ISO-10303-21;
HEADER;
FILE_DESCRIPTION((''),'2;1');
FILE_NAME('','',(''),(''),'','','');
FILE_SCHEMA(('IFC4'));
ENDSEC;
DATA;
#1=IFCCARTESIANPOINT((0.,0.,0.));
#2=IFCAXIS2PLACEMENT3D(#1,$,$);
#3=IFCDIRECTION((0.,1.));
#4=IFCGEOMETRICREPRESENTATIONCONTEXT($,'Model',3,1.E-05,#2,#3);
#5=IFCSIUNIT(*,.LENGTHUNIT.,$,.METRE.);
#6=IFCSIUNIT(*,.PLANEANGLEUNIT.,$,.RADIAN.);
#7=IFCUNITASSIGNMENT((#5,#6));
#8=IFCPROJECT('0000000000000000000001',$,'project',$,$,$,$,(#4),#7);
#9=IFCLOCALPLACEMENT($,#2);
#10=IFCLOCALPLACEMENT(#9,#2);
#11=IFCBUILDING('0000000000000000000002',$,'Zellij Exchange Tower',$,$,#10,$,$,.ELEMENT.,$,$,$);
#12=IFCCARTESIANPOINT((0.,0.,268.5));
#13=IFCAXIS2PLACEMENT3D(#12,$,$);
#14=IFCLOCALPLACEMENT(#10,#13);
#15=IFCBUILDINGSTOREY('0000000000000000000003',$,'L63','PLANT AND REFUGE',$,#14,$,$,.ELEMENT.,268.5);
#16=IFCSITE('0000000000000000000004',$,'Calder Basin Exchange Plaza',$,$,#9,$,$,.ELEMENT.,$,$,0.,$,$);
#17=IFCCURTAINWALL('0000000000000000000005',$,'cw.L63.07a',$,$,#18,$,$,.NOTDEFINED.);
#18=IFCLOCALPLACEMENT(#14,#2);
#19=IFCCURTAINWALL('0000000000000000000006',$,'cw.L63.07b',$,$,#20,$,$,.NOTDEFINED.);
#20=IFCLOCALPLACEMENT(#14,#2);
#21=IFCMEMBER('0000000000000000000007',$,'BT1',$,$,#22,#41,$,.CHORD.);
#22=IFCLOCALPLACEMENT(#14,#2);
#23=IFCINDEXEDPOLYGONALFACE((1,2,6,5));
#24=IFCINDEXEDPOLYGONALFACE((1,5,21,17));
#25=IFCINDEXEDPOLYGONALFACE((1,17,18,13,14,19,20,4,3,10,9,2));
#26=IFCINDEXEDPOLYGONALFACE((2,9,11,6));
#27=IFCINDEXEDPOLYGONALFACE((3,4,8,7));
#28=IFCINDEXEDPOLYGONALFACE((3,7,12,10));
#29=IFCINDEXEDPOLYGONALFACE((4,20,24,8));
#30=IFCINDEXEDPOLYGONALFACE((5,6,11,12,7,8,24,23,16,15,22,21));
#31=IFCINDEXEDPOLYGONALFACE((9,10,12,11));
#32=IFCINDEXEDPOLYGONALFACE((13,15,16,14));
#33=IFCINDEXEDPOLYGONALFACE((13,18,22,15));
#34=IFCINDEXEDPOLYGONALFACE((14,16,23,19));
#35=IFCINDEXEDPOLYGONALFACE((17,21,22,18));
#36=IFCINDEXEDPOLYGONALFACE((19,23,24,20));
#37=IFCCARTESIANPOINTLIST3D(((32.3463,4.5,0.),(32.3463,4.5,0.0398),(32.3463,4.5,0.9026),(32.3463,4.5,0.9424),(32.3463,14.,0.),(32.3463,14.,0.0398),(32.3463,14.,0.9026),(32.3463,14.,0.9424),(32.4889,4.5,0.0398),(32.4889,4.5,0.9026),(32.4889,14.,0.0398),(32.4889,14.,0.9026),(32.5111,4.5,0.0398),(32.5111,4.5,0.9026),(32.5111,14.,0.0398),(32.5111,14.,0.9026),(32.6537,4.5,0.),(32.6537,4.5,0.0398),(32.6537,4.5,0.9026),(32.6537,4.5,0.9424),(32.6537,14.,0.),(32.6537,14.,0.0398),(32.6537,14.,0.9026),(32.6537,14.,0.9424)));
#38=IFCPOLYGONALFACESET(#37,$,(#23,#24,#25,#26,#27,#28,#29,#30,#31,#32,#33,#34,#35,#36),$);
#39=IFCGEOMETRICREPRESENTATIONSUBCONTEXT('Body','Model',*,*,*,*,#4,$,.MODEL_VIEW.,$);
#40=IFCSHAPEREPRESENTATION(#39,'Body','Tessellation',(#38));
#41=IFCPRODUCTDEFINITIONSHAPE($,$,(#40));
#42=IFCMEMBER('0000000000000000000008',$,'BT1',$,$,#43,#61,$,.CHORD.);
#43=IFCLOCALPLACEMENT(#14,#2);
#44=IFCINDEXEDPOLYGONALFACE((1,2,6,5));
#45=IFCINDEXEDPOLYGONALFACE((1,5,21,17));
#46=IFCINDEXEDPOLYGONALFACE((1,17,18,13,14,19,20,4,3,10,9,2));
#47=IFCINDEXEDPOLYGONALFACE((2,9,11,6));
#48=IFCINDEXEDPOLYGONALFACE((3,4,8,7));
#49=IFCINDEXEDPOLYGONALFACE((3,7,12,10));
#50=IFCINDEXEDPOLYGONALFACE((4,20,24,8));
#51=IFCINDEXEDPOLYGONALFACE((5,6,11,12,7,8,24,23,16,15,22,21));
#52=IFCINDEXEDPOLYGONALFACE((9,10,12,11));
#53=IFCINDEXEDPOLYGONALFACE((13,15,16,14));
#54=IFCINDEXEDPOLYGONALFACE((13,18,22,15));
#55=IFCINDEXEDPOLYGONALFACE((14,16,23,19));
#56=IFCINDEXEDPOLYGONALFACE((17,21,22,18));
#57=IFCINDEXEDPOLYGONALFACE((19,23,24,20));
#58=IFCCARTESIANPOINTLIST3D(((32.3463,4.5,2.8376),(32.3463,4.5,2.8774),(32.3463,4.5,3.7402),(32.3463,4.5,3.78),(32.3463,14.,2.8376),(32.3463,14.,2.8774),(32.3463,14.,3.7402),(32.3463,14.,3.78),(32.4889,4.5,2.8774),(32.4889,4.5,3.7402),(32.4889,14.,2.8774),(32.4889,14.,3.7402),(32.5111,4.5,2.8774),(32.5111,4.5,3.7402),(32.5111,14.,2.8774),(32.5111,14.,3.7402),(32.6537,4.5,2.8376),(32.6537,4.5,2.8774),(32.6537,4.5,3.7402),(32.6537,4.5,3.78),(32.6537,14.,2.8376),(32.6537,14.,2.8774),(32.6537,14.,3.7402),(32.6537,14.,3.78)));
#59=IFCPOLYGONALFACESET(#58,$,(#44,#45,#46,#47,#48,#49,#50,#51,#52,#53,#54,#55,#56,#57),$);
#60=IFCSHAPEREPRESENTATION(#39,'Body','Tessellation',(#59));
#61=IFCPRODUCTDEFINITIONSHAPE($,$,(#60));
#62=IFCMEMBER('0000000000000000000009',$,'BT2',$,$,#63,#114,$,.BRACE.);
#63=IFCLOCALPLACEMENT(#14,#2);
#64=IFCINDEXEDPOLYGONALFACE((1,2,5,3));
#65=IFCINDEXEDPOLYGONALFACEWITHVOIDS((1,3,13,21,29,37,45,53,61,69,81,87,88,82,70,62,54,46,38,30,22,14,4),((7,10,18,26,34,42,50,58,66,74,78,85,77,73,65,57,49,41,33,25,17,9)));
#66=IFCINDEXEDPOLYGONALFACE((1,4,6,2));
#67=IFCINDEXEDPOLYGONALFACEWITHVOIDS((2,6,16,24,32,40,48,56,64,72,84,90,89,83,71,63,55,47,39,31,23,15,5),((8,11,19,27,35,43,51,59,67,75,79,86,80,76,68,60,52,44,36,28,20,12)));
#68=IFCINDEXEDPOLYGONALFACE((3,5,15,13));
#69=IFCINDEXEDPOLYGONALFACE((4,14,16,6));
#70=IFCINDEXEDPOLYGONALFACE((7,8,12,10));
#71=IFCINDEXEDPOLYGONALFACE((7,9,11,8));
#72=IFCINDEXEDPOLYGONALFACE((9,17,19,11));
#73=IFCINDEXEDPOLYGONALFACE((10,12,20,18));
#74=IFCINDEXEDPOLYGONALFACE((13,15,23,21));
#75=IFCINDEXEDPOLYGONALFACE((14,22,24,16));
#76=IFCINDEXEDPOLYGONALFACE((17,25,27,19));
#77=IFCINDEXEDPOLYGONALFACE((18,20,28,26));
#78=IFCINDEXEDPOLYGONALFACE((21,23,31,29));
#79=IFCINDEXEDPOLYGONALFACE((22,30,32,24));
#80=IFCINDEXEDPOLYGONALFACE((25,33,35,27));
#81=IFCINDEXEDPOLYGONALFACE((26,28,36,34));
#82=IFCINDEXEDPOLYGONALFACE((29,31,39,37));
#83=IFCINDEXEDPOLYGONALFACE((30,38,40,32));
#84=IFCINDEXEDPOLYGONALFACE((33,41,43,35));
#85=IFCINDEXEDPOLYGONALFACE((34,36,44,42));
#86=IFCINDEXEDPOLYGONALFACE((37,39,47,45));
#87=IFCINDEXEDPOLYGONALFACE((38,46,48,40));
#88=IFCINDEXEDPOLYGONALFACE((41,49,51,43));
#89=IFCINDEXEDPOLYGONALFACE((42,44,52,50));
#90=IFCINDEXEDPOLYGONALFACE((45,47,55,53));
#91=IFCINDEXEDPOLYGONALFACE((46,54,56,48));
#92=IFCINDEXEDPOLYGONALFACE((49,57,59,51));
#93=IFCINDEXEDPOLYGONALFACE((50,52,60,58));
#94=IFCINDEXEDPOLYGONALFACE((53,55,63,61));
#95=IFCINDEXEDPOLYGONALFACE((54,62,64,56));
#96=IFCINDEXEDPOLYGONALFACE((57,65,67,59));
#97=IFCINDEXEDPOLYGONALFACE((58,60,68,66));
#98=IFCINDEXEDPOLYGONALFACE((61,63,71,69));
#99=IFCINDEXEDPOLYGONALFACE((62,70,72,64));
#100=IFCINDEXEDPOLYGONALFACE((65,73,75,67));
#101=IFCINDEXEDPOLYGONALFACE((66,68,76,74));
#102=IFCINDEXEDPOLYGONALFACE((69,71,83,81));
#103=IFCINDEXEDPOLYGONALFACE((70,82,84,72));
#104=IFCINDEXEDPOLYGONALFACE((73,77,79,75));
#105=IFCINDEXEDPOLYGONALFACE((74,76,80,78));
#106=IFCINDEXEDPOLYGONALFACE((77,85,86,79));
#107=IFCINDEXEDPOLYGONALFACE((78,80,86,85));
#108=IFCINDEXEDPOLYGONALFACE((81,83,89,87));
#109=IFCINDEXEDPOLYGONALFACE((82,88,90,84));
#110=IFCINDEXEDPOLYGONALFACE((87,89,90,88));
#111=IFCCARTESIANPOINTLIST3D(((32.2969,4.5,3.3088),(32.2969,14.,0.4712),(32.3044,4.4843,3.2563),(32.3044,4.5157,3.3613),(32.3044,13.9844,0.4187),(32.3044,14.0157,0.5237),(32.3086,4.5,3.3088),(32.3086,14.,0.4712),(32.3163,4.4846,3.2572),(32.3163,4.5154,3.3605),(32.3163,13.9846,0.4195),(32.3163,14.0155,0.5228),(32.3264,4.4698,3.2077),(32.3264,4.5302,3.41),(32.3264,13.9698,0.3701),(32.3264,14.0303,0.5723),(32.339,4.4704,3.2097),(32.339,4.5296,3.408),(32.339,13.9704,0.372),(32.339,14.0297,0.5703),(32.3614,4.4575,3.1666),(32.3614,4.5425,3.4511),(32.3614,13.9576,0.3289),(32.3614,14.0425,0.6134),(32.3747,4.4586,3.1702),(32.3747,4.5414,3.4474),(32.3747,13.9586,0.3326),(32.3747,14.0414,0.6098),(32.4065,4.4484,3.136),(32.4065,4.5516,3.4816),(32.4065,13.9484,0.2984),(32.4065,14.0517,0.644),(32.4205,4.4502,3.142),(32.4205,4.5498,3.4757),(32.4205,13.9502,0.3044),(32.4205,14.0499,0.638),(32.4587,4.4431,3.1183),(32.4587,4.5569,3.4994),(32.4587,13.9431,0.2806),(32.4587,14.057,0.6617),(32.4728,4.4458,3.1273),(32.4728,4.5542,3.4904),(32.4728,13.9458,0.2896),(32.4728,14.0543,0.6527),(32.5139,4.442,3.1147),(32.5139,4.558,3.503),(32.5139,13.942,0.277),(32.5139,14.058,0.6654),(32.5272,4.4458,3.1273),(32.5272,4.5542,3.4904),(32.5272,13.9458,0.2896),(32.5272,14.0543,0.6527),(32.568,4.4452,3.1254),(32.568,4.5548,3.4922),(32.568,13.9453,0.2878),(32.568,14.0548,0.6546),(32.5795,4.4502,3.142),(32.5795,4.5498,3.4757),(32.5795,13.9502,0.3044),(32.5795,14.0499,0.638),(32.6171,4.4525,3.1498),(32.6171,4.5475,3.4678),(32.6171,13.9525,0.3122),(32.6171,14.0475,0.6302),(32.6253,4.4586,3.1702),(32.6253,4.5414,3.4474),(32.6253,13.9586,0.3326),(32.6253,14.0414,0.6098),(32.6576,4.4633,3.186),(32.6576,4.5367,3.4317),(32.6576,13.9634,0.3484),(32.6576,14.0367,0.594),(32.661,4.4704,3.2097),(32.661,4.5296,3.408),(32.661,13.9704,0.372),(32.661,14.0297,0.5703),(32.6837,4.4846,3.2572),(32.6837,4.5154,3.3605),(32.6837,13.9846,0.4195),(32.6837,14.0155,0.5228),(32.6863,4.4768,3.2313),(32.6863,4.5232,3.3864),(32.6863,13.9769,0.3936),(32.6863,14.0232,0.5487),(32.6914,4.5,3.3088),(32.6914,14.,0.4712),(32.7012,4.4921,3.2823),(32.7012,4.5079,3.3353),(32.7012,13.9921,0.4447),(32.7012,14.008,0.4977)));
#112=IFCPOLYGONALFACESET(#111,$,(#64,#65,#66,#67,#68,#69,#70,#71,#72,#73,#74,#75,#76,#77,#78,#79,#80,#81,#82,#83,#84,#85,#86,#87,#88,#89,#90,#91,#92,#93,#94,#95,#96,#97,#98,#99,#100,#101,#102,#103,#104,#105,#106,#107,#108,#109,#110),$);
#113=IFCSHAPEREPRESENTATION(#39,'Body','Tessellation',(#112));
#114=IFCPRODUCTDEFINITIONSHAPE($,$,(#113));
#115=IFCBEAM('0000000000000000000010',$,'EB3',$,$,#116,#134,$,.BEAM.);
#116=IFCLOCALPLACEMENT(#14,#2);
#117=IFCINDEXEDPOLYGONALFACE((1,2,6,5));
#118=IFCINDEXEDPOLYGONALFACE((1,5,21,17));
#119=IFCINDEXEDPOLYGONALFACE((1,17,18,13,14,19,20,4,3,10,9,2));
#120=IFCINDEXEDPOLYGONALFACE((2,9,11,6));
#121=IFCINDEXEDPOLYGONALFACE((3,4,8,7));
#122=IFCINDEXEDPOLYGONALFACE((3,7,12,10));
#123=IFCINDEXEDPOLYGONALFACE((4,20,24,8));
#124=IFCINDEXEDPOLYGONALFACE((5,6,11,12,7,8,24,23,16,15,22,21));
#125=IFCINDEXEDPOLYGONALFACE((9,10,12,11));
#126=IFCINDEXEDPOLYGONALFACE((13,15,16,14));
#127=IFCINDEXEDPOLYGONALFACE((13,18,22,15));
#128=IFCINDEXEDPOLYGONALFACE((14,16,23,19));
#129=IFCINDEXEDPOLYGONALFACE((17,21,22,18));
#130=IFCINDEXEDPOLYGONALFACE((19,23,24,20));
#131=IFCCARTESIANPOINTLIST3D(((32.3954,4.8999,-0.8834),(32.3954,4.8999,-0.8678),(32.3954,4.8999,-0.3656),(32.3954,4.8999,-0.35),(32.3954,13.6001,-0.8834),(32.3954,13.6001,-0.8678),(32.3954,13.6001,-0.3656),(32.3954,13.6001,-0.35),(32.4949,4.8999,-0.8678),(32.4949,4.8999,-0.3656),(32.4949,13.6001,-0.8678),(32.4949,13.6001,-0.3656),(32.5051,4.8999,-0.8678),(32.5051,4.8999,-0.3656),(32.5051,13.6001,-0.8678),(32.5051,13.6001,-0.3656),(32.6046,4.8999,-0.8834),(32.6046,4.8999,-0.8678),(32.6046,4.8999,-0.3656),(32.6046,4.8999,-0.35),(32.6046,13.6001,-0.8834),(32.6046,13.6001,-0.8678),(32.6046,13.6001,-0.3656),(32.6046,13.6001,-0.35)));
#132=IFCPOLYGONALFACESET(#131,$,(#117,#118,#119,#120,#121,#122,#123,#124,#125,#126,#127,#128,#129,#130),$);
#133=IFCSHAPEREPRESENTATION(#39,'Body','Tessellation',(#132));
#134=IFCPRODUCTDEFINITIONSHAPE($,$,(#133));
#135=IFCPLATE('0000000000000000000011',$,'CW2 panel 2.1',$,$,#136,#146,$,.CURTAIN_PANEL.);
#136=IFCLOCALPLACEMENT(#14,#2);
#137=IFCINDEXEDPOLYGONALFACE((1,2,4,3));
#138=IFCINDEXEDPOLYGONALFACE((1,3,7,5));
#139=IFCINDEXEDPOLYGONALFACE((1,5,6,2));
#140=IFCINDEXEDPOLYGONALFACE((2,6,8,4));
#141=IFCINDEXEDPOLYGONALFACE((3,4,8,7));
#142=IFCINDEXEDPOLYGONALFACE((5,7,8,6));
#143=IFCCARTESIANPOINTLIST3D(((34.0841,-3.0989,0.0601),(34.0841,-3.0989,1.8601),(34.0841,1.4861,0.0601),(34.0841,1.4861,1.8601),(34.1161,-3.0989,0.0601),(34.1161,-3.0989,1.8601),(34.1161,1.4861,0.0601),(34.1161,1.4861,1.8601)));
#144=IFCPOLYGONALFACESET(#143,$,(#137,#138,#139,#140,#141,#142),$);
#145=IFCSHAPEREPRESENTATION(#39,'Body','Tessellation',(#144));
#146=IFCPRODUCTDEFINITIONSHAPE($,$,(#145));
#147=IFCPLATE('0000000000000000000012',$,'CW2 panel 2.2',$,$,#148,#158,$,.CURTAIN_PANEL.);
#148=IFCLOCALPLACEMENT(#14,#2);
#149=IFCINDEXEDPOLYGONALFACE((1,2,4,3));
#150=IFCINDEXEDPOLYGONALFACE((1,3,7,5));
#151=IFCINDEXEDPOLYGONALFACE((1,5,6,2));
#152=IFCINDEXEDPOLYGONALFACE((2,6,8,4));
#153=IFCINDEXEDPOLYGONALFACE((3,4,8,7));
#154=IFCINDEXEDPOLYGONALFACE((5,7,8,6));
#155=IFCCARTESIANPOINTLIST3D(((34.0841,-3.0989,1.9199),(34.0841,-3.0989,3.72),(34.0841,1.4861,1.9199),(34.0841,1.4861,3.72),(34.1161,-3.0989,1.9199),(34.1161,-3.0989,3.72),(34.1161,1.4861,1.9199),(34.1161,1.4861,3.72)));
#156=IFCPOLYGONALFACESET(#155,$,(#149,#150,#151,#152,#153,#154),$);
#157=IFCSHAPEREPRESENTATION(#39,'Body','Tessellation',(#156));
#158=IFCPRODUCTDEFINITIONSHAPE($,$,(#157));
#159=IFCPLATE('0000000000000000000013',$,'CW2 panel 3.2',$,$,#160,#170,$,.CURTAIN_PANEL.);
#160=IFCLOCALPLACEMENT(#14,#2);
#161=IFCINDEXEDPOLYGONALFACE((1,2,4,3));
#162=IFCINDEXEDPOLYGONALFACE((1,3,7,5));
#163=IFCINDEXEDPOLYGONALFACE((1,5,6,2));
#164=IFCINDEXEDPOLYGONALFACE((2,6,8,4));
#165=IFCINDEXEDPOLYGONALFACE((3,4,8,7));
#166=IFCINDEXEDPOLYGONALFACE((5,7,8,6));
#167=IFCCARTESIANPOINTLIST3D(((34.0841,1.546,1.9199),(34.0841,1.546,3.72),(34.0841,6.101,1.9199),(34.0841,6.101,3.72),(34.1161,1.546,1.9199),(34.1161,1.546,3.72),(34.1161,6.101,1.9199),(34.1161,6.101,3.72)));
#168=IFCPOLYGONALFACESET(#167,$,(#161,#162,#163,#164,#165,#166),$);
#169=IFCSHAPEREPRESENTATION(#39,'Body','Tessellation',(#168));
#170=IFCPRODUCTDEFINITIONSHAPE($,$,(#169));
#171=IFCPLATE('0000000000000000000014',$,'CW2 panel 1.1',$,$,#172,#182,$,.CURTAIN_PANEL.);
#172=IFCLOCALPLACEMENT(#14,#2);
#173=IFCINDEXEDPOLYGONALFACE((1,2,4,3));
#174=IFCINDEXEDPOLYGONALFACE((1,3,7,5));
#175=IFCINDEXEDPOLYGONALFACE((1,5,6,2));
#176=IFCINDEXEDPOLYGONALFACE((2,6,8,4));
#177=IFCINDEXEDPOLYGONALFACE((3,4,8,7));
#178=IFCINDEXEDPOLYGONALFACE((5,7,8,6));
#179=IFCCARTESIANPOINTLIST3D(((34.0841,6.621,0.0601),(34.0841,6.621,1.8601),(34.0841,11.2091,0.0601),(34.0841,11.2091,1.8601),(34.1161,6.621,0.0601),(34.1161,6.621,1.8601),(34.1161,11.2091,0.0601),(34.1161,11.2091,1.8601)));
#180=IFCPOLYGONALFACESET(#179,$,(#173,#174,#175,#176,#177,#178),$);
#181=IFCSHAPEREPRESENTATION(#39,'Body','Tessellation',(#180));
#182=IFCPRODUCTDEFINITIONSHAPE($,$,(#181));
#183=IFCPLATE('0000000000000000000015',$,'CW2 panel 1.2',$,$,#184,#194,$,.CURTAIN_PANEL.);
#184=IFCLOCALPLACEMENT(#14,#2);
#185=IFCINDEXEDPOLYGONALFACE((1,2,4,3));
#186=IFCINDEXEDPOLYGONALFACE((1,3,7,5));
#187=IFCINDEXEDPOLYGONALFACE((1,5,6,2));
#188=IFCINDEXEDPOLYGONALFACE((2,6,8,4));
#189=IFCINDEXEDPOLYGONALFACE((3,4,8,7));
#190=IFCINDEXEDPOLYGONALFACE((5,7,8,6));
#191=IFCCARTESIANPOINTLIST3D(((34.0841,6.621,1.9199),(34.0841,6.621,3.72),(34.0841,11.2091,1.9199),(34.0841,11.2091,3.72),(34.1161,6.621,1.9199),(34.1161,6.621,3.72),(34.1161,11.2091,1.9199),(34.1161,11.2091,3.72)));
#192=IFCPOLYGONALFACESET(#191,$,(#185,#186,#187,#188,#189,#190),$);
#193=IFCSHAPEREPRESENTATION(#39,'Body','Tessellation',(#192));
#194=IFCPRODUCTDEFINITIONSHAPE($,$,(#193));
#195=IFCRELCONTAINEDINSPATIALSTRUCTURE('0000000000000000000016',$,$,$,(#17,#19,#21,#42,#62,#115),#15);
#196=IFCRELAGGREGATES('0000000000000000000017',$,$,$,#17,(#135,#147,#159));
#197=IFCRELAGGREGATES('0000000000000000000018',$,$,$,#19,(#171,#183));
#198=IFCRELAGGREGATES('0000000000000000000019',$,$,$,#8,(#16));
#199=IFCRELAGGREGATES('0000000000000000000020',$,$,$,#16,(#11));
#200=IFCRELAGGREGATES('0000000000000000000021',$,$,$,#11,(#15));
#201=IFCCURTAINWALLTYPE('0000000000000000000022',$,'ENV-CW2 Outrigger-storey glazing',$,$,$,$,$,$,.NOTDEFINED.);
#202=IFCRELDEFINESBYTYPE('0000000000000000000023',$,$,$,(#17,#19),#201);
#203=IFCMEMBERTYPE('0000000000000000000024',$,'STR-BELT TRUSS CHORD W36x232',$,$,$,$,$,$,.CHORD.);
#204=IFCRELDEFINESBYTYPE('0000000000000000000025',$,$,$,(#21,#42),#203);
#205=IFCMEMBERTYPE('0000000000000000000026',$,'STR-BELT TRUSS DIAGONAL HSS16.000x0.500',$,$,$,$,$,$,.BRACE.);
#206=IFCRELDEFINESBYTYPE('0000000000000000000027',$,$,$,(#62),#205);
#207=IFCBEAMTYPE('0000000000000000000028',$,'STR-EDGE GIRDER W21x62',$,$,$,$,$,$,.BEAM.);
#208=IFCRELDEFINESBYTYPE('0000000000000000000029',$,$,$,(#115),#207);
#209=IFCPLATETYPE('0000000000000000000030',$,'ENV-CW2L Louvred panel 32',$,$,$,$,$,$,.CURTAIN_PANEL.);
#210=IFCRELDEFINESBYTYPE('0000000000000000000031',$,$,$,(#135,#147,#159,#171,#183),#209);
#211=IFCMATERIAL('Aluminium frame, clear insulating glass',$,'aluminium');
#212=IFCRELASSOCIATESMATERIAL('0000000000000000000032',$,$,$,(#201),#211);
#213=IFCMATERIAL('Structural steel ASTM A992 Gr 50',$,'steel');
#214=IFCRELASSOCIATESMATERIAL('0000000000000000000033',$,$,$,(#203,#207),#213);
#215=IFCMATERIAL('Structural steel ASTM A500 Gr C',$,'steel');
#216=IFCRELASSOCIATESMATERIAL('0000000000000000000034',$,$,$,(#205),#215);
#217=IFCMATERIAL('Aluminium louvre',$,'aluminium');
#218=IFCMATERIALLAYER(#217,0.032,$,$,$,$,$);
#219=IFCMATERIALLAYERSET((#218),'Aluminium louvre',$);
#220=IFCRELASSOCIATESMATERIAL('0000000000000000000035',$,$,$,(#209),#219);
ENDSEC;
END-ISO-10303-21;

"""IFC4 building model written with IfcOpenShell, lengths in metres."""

from ifc_helpers import new_model, si_unit, direction, frame, origin, origin_2d, place, context, subcontext, project, spatial, rectangle, hollow_circle, i_section, extrude, material, layer, layer_set, material_profile, profile_set, type_object, element, aggregate, save


model = new_model("IFC4")

# Units and contexts
model_context = context("Model", 3, precision=1e-05, world=origin(), true_north=direction((0.0, 1.0)))
body_context = subcontext(model_context, "Body", "Model", "MODEL_VIEW")
ifc_project = project(units=[si_unit("LENGTHUNIT", "METRE"), si_unit("PLANEANGLEUNIT", "RADIAN")], contexts=[model_context])

# Site, building, storey
site_placement = place(None, origin())
site = spatial("IfcSite", under=ifc_project, at=site_placement, Name="Calder Basin Exchange Plaza", CompositionType="ELEMENT", RefElevation=0.0)
building_placement = place(site_placement, origin())
building = spatial("IfcBuilding", under=site, at=building_placement, Name="Zellij Exchange Tower", CompositionType="ELEMENT")
storey_placement = place(building_placement, frame((0.0, 0.0, 268.5)))
storey = spatial("IfcBuildingStorey", under=building, at=storey_placement, Name="L63", Description="PLANT AND REFUGE", CompositionType="ELEMENT", Elevation=268.5)

# Curtain walls
ifc_material_1 = material(Name="Aluminium frame, clear insulating glass", Category="aluminium")
curtain_wall_type = type_object("IfcCurtainWallType", Name="ENV-CW2 Outrigger-storey glazing", PredefinedType="NOTDEFINED", material=ifc_material_1)
curtain_wall_1_placement = place(storey_placement, origin())
curtain_wall_1 = element("IfcCurtainWall", 1, at=curtain_wall_1_placement, inside=storey, type_object=curtain_wall_type, Name="cw.L63.07a", PredefinedType="NOTDEFINED")
curtain_wall_2_placement = place(storey_placement, origin())
curtain_wall_2 = element("IfcCurtainWall", 2, at=curtain_wall_2_placement, inside=storey, type_object=curtain_wall_type, Name="cw.L63.07b", PredefinedType="NOTDEFINED")

# Members
ifc_material_2 = material(Name="Structural steel ASTM A992 Gr 50", Category="steel")
ifc_material_profile_1 = material_profile(ifc_material_2, i_section(OverallWidth=0.3074, OverallDepth=0.9424, WebThickness=0.0222, FlangeThickness=0.0398, at=origin_2d()), Name="W36x232")
ifc_profile_set_1 = profile_set([ifc_material_profile_1], Name="Structural steel ASTM A992 Gr 50")
member_type_1 = type_object("IfcMemberType", Name="STR-BELT TRUSS CHORD W36x232", PredefinedType="CHORD", material=ifc_profile_set_1)
for number, where, z_axis, x_axis, name in (
    (3, (32.5, 4.5, 0.4712), (0.0, 1.0, 0.0), (-1.0, 0.0, 0.0), "BT1"),
    (4, (32.5, 4.5, 3.3088), (0.0, 1.0, 0.0), (-1.0, 0.0, 0.0), "BT1"),
):
    element("IfcMember", number, at=place(storey_placement, frame(where, z_axis=z_axis, x_axis=x_axis)), inside=storey, type_object=member_type_1, Name=name, PredefinedType="CHORD", context=body_context, shape_type="SweptSolid", body=[
        extrude(i_section(OverallWidth=0.3074, OverallDepth=0.9424, WebThickness=0.0222, FlangeThickness=0.0398, at=origin_2d()), origin(), (0.0, 0.0, 1.0), 9.5),
    ])
ifc_material_3 = material(Name="Structural steel ASTM A500 Gr C", Category="steel")
ifc_material_profile_2 = material_profile(ifc_material_3, hollow_circle(Radius=0.2031, WallThickness=0.0117, at=origin_2d()), Name="STR-BELT TRUSS DIAGONAL HSS16.000x0.500")
ifc_profile_set_2 = profile_set([ifc_material_profile_2], Name="Structural steel ASTM A500 Gr C")
member_type_2 = type_object("IfcMemberType", Name="STR-BELT TRUSS DIAGONAL HSS16.000x0.500", PredefinedType="BRACE", material=ifc_profile_set_2)
member_1_placement = place(storey_placement, frame((32.5, 4.5, 3.3088), z_axis=(0.0, 0.958169, -0.286205), x_axis=(-1.0, 0.0, 0.0)))
element("IfcMember", 5, at=member_1_placement, inside=storey, type_object=member_type_2, Name="BT2", PredefinedType="BRACE", context=body_context, shape_type="SweptSolid", body=[
    extrude(hollow_circle(Radius=0.2031, WallThickness=0.0117, at=origin_2d()), origin(), (0.0, 0.0, 1.0), 9.9148),
])

# Beam
ifc_material_profile_3 = material_profile(ifc_material_2, i_section(OverallWidth=0.2092, OverallDepth=0.5334, WebThickness=0.0103, FlangeThickness=0.0156, at=origin_2d()), Name="W21x62")
ifc_profile_set_3 = profile_set([ifc_material_profile_3], Name="Structural steel ASTM A992 Gr 50")
beam_type = type_object("IfcBeamType", Name="STR-EDGE GIRDER W21x62", PredefinedType="BEAM", material=ifc_profile_set_3)
beam_placement = place(storey_placement, frame((32.5, 4.8999, -0.6167), z_axis=(0.0, 1.0, 0.0), x_axis=(-1.0, 0.0, 0.0)))
element("IfcBeam", 6, at=beam_placement, inside=storey, type_object=beam_type, Name="EB3", PredefinedType="BEAM", context=body_context, shape_type="SweptSolid", body=[
    extrude(i_section(OverallWidth=0.2092, OverallDepth=0.5334, WebThickness=0.0103, FlangeThickness=0.0156, at=origin_2d()), origin(), (0.0, 0.0, 1.0), 8.7002),
])

# Plates
ifc_material_4 = material(Name="Aluminium louvre", Category="aluminium")
ifc_layer_1 = layer(ifc_material_4, 0.032)
ifc_layer_set_1 = layer_set([ifc_layer_1], Name="Aluminium louvre")
plate_type_1 = type_object("IfcPlateType", Name="ENV-CW2L Louvred panel 32", PredefinedType="CURTAIN_PANEL", material=ifc_layer_set_1)
plate_1_placement = place(storey_placement, frame((34.1001, -0.8064, 0.0601), z_axis=(0.0, 0.0, 1.0), x_axis=(0.0, 1.0, 0.0)))
plate_1 = element("IfcPlate", 7, at=plate_1_placement, type_object=plate_type_1, Name="CW2 panel 2.1", PredefinedType="CURTAIN_PANEL", context=body_context, shape_type="SweptSolid", body=[
    extrude(rectangle(XDim=4.585, YDim=0.032, at=origin_2d()), origin(), (0.0, 0.0, 1.0), 1.8),
])
plate_2_placement = place(storey_placement, frame((34.1001, -0.8064, 1.9199), z_axis=(0.0, 0.0, 1.0), x_axis=(0.0, 1.0, 0.0)))
plate_2 = element("IfcPlate", 8, at=plate_2_placement, type_object=plate_type_1, Name="CW2 panel 2.2", PredefinedType="CURTAIN_PANEL", context=body_context, shape_type="SweptSolid", body=[
    extrude(rectangle(XDim=4.585, YDim=0.032, at=origin_2d()), origin(), (0.0, 0.0, 1.0), 1.8),
])
plate_3_placement = place(storey_placement, frame((34.1001, 3.8235, 1.9199), z_axis=(0.0, 0.0, 1.0), x_axis=(0.0, 1.0, 0.0)))
plate_3 = element("IfcPlate", 9, at=plate_3_placement, type_object=plate_type_1, Name="CW2 panel 3.2", PredefinedType="CURTAIN_PANEL", context=body_context, shape_type="SweptSolid", body=[
    extrude(rectangle(XDim=4.5549, YDim=0.032, at=origin_2d()), origin(), (0.0, 0.0, 1.0), 1.8),
])
plate_4_placement = place(storey_placement, frame((34.1001, 8.915, 0.0601), z_axis=(0.0, 0.0, 1.0), x_axis=(0.0, 1.0, 0.0)))
plate_4 = element("IfcPlate", 10, at=plate_4_placement, type_object=plate_type_1, Name="CW2 panel 1.1", PredefinedType="CURTAIN_PANEL", context=body_context, shape_type="SweptSolid", body=[
    extrude(rectangle(XDim=4.5881, YDim=0.032, at=origin_2d()), origin(), (0.0, 0.0, 1.0), 1.8),
])
plate_5_placement = place(storey_placement, frame((34.1001, 8.915, 1.9199), z_axis=(0.0, 0.0, 1.0), x_axis=(0.0, 1.0, 0.0)))
plate_5 = element("IfcPlate", 11, at=plate_5_placement, type_object=plate_type_1, Name="CW2 panel 1.2", PredefinedType="CURTAIN_PANEL", context=body_context, shape_type="SweptSolid", body=[
    extrude(rectangle(XDim=4.5881, YDim=0.032, at=origin_2d()), origin(), (0.0, 0.0, 1.0), 1.8),
])
aggregate(curtain_wall_1, [plate_1, plate_2, plate_3])
aggregate(curtain_wall_2, [plate_4, plate_5])

save(model, "model.ifc")
